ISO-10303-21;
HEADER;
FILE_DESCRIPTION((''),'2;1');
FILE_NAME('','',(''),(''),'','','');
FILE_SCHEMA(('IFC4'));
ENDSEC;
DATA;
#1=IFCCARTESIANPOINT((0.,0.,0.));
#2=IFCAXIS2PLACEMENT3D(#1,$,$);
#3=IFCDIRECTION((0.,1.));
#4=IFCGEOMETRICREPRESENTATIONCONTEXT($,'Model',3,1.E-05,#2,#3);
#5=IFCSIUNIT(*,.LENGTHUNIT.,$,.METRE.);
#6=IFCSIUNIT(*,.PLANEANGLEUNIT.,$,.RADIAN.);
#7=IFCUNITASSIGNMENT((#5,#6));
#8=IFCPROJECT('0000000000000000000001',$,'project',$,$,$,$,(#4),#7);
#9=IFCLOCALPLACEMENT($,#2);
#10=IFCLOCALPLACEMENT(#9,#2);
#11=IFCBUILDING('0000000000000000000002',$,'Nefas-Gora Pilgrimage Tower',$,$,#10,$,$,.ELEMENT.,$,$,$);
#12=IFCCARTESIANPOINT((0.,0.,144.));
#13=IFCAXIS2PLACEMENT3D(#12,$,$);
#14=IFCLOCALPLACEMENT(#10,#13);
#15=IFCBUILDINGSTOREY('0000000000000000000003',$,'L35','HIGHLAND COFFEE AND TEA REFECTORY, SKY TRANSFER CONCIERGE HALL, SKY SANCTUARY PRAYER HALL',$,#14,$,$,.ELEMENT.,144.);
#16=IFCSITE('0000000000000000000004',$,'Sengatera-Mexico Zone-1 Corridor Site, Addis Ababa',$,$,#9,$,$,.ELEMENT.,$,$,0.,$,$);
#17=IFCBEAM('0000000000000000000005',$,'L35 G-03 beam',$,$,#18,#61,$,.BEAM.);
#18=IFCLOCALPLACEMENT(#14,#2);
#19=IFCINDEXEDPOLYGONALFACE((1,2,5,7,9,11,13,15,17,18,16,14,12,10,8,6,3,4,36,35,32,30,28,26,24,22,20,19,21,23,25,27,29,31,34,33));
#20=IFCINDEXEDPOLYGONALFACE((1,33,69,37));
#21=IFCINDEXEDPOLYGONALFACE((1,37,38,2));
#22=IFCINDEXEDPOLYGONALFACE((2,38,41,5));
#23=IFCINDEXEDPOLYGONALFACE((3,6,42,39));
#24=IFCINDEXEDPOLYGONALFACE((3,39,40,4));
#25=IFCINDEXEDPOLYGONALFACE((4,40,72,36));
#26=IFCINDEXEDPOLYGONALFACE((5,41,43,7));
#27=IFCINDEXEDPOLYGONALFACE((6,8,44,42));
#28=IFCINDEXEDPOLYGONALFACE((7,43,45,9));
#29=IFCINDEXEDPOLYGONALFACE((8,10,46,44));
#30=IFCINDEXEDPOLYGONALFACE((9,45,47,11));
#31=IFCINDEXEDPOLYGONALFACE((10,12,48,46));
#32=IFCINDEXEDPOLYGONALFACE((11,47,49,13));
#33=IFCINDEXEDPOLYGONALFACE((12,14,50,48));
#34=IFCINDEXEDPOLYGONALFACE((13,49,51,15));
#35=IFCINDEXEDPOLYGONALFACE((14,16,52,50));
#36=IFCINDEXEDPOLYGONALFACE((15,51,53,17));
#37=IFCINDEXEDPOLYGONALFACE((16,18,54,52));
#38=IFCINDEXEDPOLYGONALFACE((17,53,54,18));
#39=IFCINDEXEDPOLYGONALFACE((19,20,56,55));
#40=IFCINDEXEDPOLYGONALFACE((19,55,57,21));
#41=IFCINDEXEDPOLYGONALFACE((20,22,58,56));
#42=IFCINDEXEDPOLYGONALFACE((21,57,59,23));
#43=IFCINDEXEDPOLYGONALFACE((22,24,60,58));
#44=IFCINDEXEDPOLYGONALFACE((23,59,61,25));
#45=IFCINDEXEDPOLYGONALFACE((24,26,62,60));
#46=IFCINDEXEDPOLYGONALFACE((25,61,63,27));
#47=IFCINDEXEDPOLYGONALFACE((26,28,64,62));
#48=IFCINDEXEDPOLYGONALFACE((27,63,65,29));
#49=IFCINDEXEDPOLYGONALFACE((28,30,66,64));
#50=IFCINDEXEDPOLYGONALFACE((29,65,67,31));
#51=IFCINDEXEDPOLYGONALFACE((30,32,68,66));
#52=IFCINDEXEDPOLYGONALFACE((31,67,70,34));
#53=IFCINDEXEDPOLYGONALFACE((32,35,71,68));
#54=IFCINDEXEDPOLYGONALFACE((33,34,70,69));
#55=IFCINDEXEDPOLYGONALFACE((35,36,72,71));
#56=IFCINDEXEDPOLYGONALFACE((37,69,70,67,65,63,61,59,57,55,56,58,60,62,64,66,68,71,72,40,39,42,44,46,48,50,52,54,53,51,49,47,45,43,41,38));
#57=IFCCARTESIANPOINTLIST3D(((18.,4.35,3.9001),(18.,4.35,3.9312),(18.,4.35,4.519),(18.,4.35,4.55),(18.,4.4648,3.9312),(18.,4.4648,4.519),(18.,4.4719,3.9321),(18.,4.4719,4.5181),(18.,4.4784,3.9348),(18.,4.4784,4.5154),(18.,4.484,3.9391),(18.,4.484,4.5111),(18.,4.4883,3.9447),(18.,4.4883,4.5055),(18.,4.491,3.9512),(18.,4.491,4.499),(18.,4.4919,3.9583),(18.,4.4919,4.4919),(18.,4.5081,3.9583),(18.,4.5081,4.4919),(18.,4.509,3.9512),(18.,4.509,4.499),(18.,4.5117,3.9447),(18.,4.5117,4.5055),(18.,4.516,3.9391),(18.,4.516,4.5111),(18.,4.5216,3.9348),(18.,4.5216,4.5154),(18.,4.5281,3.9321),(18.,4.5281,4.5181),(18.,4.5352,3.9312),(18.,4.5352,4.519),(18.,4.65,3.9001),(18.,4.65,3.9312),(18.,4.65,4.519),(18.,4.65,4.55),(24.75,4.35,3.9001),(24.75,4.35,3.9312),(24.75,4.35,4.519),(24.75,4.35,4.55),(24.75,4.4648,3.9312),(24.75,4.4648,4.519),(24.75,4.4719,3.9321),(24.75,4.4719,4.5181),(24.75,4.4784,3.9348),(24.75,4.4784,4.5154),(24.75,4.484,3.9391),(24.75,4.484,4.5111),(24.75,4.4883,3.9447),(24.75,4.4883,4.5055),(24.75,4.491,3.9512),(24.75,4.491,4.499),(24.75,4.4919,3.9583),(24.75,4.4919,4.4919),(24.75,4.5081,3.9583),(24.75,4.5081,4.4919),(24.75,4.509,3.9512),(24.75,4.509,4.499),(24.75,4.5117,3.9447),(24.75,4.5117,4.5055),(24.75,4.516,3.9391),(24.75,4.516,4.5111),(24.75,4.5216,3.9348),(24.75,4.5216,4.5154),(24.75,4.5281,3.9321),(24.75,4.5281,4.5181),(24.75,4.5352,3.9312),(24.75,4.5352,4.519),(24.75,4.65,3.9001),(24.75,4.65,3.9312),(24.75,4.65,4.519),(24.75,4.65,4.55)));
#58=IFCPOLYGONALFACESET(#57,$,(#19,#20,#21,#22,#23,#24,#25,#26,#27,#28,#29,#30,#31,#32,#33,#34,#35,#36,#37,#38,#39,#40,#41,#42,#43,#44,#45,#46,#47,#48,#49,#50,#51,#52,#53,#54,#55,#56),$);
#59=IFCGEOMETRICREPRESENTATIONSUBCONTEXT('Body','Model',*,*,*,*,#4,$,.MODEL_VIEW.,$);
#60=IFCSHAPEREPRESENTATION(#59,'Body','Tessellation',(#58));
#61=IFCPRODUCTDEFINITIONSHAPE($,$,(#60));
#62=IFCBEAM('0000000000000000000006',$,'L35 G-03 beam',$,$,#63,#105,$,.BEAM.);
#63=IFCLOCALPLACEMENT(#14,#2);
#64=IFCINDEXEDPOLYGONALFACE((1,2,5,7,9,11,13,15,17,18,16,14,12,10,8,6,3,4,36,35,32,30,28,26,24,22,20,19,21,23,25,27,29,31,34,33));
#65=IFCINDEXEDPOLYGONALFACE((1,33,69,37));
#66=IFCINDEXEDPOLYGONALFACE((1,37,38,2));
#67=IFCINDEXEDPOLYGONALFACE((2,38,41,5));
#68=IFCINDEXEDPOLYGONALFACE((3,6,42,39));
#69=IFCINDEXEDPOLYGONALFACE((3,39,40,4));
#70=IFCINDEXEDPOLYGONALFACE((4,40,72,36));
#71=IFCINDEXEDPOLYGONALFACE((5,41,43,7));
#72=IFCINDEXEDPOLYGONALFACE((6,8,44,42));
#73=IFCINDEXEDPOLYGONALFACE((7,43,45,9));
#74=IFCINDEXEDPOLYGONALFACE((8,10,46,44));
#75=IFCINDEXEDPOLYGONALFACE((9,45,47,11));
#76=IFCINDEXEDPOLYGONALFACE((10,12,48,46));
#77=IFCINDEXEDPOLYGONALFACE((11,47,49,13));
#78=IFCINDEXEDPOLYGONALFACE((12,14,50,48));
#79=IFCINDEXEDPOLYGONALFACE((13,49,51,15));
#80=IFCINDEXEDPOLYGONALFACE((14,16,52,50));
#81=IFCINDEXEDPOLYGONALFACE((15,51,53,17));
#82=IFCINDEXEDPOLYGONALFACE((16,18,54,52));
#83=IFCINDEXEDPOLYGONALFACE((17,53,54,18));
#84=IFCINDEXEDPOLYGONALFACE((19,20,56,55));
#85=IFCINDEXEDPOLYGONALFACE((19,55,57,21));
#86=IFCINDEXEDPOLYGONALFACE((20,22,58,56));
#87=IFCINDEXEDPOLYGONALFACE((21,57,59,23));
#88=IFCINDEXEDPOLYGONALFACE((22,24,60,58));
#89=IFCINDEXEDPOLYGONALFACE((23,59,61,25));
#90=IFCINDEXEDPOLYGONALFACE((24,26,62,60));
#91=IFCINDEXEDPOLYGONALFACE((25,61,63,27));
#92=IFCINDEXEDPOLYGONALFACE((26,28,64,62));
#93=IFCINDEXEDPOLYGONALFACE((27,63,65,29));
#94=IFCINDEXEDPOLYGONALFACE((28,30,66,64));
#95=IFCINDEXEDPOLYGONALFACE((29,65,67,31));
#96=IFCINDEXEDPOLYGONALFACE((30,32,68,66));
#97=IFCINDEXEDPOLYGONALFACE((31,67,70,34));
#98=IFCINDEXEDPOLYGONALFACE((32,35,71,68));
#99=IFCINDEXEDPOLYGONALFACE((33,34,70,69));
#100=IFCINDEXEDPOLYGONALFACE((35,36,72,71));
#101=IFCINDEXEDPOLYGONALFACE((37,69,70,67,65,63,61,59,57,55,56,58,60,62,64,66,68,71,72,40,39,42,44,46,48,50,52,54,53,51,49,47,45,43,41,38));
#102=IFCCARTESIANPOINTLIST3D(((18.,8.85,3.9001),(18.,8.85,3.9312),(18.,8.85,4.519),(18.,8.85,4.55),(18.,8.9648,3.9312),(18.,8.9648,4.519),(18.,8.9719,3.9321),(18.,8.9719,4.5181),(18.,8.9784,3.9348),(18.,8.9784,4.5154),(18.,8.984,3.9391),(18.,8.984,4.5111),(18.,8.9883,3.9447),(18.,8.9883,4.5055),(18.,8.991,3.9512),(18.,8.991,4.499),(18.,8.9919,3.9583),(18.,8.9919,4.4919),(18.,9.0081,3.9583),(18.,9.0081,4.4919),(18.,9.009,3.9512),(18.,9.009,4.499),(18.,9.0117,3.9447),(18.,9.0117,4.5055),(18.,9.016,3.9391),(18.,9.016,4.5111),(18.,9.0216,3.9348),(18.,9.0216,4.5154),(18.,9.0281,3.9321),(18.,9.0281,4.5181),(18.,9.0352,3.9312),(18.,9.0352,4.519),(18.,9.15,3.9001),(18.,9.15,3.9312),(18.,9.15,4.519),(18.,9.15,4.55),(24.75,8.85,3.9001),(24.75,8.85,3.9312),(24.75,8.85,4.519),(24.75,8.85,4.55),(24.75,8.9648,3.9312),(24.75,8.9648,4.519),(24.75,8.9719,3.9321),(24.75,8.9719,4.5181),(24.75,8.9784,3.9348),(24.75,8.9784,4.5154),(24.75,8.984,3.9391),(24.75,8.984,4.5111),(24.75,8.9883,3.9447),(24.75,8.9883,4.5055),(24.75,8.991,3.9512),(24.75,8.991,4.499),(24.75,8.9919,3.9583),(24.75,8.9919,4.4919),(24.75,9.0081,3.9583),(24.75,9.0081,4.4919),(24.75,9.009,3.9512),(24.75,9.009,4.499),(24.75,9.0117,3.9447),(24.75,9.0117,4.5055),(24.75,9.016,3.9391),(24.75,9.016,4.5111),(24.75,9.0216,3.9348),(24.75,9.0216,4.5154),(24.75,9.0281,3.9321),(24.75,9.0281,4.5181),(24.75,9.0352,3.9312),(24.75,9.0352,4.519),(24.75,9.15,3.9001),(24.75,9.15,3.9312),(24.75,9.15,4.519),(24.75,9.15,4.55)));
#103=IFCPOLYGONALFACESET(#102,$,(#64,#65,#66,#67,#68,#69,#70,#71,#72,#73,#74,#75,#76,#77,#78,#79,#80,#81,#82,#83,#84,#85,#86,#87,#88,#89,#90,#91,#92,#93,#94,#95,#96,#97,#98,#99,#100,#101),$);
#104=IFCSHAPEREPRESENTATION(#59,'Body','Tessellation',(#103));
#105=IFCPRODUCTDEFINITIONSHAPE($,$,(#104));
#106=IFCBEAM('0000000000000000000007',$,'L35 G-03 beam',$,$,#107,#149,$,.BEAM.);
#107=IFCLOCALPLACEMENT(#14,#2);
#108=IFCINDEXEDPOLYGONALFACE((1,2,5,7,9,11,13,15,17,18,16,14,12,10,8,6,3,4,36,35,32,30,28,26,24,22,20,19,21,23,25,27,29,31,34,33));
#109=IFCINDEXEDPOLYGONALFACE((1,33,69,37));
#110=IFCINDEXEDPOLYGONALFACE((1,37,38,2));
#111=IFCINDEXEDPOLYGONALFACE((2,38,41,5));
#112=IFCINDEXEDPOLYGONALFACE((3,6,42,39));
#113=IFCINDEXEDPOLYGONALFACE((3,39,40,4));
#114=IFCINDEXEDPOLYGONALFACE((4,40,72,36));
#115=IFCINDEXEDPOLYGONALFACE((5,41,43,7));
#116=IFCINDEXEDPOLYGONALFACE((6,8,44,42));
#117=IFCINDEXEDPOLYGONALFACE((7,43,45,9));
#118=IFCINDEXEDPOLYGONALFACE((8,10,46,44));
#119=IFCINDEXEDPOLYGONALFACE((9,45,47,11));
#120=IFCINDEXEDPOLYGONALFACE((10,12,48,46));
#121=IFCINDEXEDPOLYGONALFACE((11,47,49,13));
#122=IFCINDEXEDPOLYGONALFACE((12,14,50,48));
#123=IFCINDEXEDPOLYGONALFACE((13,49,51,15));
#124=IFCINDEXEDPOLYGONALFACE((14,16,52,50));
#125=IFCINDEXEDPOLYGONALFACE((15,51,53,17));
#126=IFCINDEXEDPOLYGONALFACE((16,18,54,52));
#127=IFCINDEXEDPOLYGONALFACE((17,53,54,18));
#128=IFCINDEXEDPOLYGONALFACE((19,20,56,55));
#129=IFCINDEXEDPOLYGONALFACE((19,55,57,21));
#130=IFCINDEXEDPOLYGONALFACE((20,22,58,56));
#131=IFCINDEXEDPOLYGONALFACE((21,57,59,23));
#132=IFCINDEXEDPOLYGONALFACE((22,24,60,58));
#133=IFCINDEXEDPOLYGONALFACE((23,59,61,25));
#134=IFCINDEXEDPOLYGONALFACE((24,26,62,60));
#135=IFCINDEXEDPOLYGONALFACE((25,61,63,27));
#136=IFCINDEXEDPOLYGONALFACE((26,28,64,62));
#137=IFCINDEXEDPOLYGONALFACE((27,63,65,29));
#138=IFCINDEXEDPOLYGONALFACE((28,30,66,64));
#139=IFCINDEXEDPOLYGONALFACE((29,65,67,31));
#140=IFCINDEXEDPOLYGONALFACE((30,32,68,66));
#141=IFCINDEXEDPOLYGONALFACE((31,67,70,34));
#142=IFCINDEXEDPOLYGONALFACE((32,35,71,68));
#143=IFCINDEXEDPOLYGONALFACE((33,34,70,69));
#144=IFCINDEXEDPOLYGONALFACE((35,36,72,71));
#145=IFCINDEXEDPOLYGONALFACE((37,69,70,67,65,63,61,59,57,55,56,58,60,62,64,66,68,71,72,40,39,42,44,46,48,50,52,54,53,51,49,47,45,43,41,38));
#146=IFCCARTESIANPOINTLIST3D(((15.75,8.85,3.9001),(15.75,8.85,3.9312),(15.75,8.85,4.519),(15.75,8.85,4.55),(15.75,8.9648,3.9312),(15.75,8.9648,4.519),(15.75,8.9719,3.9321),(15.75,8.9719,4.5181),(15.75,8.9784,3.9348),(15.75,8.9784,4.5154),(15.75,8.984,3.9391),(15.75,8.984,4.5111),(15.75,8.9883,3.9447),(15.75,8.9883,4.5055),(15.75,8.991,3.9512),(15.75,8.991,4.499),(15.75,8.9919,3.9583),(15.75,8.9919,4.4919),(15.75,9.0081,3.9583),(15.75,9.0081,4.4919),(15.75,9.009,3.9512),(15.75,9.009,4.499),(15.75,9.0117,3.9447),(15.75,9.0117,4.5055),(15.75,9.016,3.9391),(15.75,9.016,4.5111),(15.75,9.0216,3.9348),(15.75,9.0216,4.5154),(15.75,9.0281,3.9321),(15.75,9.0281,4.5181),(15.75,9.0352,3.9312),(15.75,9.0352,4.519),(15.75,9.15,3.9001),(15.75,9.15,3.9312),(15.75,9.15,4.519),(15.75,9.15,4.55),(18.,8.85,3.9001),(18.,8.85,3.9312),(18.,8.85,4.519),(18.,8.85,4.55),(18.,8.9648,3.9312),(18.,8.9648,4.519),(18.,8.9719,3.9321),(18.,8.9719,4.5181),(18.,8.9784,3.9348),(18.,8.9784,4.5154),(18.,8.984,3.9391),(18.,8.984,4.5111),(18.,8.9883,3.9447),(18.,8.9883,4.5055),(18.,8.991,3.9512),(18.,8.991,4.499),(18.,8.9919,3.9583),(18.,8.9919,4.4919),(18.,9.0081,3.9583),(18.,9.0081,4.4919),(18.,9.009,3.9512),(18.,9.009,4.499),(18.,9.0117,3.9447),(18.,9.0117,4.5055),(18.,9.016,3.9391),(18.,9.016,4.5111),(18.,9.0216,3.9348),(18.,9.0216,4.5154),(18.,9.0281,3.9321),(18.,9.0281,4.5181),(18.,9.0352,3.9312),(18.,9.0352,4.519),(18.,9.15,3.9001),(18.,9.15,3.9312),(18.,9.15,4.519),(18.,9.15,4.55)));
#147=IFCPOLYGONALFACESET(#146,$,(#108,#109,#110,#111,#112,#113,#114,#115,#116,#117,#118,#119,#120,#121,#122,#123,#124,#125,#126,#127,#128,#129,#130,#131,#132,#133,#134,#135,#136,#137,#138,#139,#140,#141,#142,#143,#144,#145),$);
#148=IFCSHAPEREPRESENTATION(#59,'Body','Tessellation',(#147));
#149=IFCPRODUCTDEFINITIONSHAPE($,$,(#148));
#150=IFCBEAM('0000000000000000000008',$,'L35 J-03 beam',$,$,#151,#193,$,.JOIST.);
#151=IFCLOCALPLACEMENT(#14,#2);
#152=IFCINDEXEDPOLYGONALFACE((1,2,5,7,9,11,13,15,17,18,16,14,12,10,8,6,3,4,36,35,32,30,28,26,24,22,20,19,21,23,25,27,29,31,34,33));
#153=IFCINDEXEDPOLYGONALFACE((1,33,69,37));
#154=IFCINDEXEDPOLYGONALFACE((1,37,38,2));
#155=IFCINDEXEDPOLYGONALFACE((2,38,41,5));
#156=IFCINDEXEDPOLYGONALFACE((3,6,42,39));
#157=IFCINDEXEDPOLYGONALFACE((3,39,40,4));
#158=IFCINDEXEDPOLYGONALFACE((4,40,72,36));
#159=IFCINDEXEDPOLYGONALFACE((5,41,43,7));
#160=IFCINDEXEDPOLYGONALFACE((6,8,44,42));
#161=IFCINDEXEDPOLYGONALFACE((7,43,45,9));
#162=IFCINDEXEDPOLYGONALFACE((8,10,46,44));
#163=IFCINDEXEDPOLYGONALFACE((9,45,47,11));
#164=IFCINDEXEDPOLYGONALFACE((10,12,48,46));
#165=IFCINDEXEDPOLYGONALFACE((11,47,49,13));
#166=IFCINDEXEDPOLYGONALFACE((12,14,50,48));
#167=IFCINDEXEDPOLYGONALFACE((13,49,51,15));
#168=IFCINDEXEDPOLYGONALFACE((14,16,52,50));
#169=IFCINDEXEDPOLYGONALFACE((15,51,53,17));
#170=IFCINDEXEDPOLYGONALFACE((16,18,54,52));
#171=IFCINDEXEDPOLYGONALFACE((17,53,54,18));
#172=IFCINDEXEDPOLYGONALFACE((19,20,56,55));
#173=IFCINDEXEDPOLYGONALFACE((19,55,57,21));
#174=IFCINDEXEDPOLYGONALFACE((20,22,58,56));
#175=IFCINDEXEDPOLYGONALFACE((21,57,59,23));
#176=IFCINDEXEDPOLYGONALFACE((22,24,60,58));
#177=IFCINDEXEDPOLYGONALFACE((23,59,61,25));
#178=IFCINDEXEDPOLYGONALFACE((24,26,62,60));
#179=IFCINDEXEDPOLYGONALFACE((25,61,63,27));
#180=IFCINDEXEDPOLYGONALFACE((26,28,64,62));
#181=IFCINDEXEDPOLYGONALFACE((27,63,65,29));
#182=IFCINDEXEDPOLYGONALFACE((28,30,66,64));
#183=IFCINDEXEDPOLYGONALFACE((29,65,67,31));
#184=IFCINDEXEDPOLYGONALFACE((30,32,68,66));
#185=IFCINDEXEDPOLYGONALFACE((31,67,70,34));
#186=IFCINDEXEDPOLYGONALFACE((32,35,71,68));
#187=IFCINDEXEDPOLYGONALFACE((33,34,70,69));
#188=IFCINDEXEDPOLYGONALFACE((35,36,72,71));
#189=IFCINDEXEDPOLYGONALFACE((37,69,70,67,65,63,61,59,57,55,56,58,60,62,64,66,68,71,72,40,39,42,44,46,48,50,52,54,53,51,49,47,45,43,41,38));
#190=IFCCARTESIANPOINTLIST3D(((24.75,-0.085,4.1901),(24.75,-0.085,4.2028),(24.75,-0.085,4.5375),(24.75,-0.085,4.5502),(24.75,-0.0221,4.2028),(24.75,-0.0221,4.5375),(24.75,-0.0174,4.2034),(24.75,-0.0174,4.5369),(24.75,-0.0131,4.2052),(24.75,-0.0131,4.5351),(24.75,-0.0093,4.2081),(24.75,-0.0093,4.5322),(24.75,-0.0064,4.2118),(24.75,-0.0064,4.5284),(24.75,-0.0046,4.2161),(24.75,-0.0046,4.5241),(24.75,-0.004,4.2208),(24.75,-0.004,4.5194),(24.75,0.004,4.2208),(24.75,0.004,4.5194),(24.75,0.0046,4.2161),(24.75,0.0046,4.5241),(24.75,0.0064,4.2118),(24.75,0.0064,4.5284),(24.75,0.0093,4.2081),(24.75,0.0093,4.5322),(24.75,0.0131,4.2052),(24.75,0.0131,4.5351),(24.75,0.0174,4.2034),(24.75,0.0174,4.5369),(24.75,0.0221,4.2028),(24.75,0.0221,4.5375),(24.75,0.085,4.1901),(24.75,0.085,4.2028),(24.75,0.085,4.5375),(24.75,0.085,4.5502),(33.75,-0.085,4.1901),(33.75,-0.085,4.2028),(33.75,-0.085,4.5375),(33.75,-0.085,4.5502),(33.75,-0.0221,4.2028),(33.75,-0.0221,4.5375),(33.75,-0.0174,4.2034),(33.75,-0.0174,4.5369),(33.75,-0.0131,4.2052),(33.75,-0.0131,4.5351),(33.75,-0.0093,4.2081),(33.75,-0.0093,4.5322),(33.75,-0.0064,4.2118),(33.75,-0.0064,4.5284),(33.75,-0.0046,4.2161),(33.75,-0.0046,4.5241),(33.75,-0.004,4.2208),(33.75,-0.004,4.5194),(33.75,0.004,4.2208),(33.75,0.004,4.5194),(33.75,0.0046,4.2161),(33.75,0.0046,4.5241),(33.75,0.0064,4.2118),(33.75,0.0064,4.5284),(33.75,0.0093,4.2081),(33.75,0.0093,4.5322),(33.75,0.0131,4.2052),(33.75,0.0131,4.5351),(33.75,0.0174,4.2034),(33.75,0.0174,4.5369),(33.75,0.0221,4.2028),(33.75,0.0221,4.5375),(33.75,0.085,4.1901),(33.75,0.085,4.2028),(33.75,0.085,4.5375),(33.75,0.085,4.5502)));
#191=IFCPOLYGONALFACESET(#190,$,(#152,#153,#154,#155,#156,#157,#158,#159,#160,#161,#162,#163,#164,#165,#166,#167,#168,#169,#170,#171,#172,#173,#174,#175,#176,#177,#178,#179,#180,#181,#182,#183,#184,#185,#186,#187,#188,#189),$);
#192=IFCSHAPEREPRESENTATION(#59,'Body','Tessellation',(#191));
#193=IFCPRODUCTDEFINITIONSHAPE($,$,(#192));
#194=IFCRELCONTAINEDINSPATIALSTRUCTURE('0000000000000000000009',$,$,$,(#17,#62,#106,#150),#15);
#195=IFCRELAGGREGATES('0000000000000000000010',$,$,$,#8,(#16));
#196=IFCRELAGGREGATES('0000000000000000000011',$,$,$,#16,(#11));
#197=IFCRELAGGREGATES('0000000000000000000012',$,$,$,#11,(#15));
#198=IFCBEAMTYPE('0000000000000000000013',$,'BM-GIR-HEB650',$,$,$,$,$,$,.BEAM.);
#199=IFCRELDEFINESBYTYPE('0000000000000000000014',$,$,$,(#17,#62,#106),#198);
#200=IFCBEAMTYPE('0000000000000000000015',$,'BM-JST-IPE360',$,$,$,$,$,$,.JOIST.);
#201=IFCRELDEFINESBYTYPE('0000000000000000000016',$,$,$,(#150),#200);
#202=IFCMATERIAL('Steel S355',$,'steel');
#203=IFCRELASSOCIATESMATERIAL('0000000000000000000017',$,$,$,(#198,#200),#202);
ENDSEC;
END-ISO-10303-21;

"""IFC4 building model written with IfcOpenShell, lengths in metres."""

from ifc_helpers import new_model, si_unit, direction, frame, origin, origin_2d, place, context, subcontext, project, spatial, i_section, extrude, source, transform, mapped, material, material_profile, profile_set, type_object, element, save


model = new_model("IFC4")

# Units and contexts
model_context = context("Model", 3, precision=1e-05, world=origin(), true_north=direction((0.0, 1.0)))
body_context = subcontext(model_context, "Body", "Model", "MODEL_VIEW")
ifc_project = project(units=[si_unit("LENGTHUNIT", "METRE"), si_unit("PLANEANGLEUNIT", "RADIAN")], contexts=[model_context])

# Site, building, storey
site_placement = place(None, origin())
site = spatial("IfcSite", under=ifc_project, at=site_placement, Name="Sengatera-Mexico Zone-1 Corridor Site, Addis Ababa", CompositionType="ELEMENT", RefElevation=0.0)
building_placement = place(site_placement, origin())
building = spatial("IfcBuilding", under=site, at=building_placement, Name="Nefas-Gora Pilgrimage Tower", CompositionType="ELEMENT")
storey_placement = place(building_placement, frame((0.0, 0.0, 144.0)))
storey = spatial("IfcBuildingStorey", under=building, at=storey_placement, Name="L35", Description="HIGHLAND COFFEE AND TEA REFECTORY, SKY TRANSFER CONCIERGE HALL, SKY SANCTUARY PRAYER HALL", CompositionType="ELEMENT", Elevation=144.0)

# Beams
ifc_material_1 = material(Name="Steel S355", Category="steel")
ifc_material_profile_1 = material_profile(ifc_material_1, i_section(OverallWidth=0.3, OverallDepth=0.6499, WebThickness=0.0161, FlangeThickness=0.031, FilletRadius=0.0271, at=origin_2d()), Name="HEB 650")
ifc_profile_set_1 = profile_set([ifc_material_profile_1], Name="Steel S355")
beam_type_1 = type_object("IfcBeamType", Name="BM-GIR-HEB650", PredefinedType="BEAM", material=ifc_profile_set_1)
shared_shape_1 = source(origin(), body_context, "Body", "SweptSolid", [
    extrude(i_section(OverallWidth=0.3, OverallDepth=0.6499, WebThickness=0.0161, FlangeThickness=0.031, FilletRadius=0.0271, at=origin_2d()), origin(), (0.0, 0.0, 1.0), 6.75),
])
for number, where, z_axis, x_axis, name in (
    (1, (18.0, 4.5, 4.2251), (1.0, 0.0, 0.0), (0.0, 1.0, 0.0), "L35 G-03 beam"),
    (2, (18.0, 9.0, 4.2251), (1.0, 0.0, 0.0), (0.0, 1.0, 0.0), "L35 G-03 beam"),
):
    element("IfcBeam", number, at=place(storey_placement, frame(where, z_axis=z_axis, x_axis=x_axis)), inside=storey, type_object=beam_type_1, Name=name, PredefinedType="BEAM", context=body_context, shape_type="MappedRepresentation", body=[
        mapped(shared_shape_1, transform((0.0, 0.0, 0.0), x_axis=(1.0, 0.0, 0.0), y_axis=(0.0, 1.0, 0.0), z_axis=(0.0, 0.0, 1.0), scale=1.0)),
    ])
shared_shape_2 = source(origin(), body_context, "Body", "SweptSolid", [
    extrude(i_section(OverallWidth=0.3, OverallDepth=0.6499, WebThickness=0.0161, FlangeThickness=0.031, FilletRadius=0.0271, at=origin_2d()), origin(), (0.0, 0.0, 1.0), 2.25),
])
beam_1_placement = place(storey_placement, frame((15.75, 9.0, 4.2251), z_axis=(1.0, 0.0, 0.0), x_axis=(0.0, 1.0, 0.0)))
element("IfcBeam", 3, at=beam_1_placement, inside=storey, type_object=beam_type_1, Name="L35 G-03 beam", PredefinedType="BEAM", context=body_context, shape_type="MappedRepresentation", body=[
    mapped(shared_shape_2, transform((0.0, 0.0, 0.0), x_axis=(1.0, 0.0, 0.0), y_axis=(0.0, 1.0, 0.0), z_axis=(0.0, 0.0, 1.0), scale=1.0)),
])
ifc_material_profile_2 = material_profile(ifc_material_1, i_section(OverallWidth=0.1699, OverallDepth=0.3601, WebThickness=0.0081, FlangeThickness=0.0127, FilletRadius=0.0181, at=origin_2d()), Name="IPE 360")
ifc_profile_set_2 = profile_set([ifc_material_profile_2], Name="Steel S355")
beam_type_2 = type_object("IfcBeamType", Name="BM-JST-IPE360", PredefinedType="JOIST", material=ifc_profile_set_2)
shared_shape_3 = source(origin(), body_context, "Body", "SweptSolid", [
    extrude(i_section(OverallWidth=0.1699, OverallDepth=0.3601, WebThickness=0.0081, FlangeThickness=0.0127, FilletRadius=0.0181, at=origin_2d()), origin(), (0.0, 0.0, 1.0), 9.0),
])
beam_2_placement = place(storey_placement, frame((24.75, 0.0, 4.3701), z_axis=(1.0, 0.0, 0.0), x_axis=(0.0, 1.0, 0.0)))
element("IfcBeam", 4, at=beam_2_placement, inside=storey, type_object=beam_type_2, Name="L35 J-03 beam", PredefinedType="JOIST", context=body_context, shape_type="MappedRepresentation", body=[
    mapped(shared_shape_3, transform((0.0, 0.0, 0.0), x_axis=(1.0, 0.0, 0.0), y_axis=(0.0, 1.0, 0.0), z_axis=(0.0, 0.0, 1.0), scale=1.0)),
])

save(model, "model.ifc")
